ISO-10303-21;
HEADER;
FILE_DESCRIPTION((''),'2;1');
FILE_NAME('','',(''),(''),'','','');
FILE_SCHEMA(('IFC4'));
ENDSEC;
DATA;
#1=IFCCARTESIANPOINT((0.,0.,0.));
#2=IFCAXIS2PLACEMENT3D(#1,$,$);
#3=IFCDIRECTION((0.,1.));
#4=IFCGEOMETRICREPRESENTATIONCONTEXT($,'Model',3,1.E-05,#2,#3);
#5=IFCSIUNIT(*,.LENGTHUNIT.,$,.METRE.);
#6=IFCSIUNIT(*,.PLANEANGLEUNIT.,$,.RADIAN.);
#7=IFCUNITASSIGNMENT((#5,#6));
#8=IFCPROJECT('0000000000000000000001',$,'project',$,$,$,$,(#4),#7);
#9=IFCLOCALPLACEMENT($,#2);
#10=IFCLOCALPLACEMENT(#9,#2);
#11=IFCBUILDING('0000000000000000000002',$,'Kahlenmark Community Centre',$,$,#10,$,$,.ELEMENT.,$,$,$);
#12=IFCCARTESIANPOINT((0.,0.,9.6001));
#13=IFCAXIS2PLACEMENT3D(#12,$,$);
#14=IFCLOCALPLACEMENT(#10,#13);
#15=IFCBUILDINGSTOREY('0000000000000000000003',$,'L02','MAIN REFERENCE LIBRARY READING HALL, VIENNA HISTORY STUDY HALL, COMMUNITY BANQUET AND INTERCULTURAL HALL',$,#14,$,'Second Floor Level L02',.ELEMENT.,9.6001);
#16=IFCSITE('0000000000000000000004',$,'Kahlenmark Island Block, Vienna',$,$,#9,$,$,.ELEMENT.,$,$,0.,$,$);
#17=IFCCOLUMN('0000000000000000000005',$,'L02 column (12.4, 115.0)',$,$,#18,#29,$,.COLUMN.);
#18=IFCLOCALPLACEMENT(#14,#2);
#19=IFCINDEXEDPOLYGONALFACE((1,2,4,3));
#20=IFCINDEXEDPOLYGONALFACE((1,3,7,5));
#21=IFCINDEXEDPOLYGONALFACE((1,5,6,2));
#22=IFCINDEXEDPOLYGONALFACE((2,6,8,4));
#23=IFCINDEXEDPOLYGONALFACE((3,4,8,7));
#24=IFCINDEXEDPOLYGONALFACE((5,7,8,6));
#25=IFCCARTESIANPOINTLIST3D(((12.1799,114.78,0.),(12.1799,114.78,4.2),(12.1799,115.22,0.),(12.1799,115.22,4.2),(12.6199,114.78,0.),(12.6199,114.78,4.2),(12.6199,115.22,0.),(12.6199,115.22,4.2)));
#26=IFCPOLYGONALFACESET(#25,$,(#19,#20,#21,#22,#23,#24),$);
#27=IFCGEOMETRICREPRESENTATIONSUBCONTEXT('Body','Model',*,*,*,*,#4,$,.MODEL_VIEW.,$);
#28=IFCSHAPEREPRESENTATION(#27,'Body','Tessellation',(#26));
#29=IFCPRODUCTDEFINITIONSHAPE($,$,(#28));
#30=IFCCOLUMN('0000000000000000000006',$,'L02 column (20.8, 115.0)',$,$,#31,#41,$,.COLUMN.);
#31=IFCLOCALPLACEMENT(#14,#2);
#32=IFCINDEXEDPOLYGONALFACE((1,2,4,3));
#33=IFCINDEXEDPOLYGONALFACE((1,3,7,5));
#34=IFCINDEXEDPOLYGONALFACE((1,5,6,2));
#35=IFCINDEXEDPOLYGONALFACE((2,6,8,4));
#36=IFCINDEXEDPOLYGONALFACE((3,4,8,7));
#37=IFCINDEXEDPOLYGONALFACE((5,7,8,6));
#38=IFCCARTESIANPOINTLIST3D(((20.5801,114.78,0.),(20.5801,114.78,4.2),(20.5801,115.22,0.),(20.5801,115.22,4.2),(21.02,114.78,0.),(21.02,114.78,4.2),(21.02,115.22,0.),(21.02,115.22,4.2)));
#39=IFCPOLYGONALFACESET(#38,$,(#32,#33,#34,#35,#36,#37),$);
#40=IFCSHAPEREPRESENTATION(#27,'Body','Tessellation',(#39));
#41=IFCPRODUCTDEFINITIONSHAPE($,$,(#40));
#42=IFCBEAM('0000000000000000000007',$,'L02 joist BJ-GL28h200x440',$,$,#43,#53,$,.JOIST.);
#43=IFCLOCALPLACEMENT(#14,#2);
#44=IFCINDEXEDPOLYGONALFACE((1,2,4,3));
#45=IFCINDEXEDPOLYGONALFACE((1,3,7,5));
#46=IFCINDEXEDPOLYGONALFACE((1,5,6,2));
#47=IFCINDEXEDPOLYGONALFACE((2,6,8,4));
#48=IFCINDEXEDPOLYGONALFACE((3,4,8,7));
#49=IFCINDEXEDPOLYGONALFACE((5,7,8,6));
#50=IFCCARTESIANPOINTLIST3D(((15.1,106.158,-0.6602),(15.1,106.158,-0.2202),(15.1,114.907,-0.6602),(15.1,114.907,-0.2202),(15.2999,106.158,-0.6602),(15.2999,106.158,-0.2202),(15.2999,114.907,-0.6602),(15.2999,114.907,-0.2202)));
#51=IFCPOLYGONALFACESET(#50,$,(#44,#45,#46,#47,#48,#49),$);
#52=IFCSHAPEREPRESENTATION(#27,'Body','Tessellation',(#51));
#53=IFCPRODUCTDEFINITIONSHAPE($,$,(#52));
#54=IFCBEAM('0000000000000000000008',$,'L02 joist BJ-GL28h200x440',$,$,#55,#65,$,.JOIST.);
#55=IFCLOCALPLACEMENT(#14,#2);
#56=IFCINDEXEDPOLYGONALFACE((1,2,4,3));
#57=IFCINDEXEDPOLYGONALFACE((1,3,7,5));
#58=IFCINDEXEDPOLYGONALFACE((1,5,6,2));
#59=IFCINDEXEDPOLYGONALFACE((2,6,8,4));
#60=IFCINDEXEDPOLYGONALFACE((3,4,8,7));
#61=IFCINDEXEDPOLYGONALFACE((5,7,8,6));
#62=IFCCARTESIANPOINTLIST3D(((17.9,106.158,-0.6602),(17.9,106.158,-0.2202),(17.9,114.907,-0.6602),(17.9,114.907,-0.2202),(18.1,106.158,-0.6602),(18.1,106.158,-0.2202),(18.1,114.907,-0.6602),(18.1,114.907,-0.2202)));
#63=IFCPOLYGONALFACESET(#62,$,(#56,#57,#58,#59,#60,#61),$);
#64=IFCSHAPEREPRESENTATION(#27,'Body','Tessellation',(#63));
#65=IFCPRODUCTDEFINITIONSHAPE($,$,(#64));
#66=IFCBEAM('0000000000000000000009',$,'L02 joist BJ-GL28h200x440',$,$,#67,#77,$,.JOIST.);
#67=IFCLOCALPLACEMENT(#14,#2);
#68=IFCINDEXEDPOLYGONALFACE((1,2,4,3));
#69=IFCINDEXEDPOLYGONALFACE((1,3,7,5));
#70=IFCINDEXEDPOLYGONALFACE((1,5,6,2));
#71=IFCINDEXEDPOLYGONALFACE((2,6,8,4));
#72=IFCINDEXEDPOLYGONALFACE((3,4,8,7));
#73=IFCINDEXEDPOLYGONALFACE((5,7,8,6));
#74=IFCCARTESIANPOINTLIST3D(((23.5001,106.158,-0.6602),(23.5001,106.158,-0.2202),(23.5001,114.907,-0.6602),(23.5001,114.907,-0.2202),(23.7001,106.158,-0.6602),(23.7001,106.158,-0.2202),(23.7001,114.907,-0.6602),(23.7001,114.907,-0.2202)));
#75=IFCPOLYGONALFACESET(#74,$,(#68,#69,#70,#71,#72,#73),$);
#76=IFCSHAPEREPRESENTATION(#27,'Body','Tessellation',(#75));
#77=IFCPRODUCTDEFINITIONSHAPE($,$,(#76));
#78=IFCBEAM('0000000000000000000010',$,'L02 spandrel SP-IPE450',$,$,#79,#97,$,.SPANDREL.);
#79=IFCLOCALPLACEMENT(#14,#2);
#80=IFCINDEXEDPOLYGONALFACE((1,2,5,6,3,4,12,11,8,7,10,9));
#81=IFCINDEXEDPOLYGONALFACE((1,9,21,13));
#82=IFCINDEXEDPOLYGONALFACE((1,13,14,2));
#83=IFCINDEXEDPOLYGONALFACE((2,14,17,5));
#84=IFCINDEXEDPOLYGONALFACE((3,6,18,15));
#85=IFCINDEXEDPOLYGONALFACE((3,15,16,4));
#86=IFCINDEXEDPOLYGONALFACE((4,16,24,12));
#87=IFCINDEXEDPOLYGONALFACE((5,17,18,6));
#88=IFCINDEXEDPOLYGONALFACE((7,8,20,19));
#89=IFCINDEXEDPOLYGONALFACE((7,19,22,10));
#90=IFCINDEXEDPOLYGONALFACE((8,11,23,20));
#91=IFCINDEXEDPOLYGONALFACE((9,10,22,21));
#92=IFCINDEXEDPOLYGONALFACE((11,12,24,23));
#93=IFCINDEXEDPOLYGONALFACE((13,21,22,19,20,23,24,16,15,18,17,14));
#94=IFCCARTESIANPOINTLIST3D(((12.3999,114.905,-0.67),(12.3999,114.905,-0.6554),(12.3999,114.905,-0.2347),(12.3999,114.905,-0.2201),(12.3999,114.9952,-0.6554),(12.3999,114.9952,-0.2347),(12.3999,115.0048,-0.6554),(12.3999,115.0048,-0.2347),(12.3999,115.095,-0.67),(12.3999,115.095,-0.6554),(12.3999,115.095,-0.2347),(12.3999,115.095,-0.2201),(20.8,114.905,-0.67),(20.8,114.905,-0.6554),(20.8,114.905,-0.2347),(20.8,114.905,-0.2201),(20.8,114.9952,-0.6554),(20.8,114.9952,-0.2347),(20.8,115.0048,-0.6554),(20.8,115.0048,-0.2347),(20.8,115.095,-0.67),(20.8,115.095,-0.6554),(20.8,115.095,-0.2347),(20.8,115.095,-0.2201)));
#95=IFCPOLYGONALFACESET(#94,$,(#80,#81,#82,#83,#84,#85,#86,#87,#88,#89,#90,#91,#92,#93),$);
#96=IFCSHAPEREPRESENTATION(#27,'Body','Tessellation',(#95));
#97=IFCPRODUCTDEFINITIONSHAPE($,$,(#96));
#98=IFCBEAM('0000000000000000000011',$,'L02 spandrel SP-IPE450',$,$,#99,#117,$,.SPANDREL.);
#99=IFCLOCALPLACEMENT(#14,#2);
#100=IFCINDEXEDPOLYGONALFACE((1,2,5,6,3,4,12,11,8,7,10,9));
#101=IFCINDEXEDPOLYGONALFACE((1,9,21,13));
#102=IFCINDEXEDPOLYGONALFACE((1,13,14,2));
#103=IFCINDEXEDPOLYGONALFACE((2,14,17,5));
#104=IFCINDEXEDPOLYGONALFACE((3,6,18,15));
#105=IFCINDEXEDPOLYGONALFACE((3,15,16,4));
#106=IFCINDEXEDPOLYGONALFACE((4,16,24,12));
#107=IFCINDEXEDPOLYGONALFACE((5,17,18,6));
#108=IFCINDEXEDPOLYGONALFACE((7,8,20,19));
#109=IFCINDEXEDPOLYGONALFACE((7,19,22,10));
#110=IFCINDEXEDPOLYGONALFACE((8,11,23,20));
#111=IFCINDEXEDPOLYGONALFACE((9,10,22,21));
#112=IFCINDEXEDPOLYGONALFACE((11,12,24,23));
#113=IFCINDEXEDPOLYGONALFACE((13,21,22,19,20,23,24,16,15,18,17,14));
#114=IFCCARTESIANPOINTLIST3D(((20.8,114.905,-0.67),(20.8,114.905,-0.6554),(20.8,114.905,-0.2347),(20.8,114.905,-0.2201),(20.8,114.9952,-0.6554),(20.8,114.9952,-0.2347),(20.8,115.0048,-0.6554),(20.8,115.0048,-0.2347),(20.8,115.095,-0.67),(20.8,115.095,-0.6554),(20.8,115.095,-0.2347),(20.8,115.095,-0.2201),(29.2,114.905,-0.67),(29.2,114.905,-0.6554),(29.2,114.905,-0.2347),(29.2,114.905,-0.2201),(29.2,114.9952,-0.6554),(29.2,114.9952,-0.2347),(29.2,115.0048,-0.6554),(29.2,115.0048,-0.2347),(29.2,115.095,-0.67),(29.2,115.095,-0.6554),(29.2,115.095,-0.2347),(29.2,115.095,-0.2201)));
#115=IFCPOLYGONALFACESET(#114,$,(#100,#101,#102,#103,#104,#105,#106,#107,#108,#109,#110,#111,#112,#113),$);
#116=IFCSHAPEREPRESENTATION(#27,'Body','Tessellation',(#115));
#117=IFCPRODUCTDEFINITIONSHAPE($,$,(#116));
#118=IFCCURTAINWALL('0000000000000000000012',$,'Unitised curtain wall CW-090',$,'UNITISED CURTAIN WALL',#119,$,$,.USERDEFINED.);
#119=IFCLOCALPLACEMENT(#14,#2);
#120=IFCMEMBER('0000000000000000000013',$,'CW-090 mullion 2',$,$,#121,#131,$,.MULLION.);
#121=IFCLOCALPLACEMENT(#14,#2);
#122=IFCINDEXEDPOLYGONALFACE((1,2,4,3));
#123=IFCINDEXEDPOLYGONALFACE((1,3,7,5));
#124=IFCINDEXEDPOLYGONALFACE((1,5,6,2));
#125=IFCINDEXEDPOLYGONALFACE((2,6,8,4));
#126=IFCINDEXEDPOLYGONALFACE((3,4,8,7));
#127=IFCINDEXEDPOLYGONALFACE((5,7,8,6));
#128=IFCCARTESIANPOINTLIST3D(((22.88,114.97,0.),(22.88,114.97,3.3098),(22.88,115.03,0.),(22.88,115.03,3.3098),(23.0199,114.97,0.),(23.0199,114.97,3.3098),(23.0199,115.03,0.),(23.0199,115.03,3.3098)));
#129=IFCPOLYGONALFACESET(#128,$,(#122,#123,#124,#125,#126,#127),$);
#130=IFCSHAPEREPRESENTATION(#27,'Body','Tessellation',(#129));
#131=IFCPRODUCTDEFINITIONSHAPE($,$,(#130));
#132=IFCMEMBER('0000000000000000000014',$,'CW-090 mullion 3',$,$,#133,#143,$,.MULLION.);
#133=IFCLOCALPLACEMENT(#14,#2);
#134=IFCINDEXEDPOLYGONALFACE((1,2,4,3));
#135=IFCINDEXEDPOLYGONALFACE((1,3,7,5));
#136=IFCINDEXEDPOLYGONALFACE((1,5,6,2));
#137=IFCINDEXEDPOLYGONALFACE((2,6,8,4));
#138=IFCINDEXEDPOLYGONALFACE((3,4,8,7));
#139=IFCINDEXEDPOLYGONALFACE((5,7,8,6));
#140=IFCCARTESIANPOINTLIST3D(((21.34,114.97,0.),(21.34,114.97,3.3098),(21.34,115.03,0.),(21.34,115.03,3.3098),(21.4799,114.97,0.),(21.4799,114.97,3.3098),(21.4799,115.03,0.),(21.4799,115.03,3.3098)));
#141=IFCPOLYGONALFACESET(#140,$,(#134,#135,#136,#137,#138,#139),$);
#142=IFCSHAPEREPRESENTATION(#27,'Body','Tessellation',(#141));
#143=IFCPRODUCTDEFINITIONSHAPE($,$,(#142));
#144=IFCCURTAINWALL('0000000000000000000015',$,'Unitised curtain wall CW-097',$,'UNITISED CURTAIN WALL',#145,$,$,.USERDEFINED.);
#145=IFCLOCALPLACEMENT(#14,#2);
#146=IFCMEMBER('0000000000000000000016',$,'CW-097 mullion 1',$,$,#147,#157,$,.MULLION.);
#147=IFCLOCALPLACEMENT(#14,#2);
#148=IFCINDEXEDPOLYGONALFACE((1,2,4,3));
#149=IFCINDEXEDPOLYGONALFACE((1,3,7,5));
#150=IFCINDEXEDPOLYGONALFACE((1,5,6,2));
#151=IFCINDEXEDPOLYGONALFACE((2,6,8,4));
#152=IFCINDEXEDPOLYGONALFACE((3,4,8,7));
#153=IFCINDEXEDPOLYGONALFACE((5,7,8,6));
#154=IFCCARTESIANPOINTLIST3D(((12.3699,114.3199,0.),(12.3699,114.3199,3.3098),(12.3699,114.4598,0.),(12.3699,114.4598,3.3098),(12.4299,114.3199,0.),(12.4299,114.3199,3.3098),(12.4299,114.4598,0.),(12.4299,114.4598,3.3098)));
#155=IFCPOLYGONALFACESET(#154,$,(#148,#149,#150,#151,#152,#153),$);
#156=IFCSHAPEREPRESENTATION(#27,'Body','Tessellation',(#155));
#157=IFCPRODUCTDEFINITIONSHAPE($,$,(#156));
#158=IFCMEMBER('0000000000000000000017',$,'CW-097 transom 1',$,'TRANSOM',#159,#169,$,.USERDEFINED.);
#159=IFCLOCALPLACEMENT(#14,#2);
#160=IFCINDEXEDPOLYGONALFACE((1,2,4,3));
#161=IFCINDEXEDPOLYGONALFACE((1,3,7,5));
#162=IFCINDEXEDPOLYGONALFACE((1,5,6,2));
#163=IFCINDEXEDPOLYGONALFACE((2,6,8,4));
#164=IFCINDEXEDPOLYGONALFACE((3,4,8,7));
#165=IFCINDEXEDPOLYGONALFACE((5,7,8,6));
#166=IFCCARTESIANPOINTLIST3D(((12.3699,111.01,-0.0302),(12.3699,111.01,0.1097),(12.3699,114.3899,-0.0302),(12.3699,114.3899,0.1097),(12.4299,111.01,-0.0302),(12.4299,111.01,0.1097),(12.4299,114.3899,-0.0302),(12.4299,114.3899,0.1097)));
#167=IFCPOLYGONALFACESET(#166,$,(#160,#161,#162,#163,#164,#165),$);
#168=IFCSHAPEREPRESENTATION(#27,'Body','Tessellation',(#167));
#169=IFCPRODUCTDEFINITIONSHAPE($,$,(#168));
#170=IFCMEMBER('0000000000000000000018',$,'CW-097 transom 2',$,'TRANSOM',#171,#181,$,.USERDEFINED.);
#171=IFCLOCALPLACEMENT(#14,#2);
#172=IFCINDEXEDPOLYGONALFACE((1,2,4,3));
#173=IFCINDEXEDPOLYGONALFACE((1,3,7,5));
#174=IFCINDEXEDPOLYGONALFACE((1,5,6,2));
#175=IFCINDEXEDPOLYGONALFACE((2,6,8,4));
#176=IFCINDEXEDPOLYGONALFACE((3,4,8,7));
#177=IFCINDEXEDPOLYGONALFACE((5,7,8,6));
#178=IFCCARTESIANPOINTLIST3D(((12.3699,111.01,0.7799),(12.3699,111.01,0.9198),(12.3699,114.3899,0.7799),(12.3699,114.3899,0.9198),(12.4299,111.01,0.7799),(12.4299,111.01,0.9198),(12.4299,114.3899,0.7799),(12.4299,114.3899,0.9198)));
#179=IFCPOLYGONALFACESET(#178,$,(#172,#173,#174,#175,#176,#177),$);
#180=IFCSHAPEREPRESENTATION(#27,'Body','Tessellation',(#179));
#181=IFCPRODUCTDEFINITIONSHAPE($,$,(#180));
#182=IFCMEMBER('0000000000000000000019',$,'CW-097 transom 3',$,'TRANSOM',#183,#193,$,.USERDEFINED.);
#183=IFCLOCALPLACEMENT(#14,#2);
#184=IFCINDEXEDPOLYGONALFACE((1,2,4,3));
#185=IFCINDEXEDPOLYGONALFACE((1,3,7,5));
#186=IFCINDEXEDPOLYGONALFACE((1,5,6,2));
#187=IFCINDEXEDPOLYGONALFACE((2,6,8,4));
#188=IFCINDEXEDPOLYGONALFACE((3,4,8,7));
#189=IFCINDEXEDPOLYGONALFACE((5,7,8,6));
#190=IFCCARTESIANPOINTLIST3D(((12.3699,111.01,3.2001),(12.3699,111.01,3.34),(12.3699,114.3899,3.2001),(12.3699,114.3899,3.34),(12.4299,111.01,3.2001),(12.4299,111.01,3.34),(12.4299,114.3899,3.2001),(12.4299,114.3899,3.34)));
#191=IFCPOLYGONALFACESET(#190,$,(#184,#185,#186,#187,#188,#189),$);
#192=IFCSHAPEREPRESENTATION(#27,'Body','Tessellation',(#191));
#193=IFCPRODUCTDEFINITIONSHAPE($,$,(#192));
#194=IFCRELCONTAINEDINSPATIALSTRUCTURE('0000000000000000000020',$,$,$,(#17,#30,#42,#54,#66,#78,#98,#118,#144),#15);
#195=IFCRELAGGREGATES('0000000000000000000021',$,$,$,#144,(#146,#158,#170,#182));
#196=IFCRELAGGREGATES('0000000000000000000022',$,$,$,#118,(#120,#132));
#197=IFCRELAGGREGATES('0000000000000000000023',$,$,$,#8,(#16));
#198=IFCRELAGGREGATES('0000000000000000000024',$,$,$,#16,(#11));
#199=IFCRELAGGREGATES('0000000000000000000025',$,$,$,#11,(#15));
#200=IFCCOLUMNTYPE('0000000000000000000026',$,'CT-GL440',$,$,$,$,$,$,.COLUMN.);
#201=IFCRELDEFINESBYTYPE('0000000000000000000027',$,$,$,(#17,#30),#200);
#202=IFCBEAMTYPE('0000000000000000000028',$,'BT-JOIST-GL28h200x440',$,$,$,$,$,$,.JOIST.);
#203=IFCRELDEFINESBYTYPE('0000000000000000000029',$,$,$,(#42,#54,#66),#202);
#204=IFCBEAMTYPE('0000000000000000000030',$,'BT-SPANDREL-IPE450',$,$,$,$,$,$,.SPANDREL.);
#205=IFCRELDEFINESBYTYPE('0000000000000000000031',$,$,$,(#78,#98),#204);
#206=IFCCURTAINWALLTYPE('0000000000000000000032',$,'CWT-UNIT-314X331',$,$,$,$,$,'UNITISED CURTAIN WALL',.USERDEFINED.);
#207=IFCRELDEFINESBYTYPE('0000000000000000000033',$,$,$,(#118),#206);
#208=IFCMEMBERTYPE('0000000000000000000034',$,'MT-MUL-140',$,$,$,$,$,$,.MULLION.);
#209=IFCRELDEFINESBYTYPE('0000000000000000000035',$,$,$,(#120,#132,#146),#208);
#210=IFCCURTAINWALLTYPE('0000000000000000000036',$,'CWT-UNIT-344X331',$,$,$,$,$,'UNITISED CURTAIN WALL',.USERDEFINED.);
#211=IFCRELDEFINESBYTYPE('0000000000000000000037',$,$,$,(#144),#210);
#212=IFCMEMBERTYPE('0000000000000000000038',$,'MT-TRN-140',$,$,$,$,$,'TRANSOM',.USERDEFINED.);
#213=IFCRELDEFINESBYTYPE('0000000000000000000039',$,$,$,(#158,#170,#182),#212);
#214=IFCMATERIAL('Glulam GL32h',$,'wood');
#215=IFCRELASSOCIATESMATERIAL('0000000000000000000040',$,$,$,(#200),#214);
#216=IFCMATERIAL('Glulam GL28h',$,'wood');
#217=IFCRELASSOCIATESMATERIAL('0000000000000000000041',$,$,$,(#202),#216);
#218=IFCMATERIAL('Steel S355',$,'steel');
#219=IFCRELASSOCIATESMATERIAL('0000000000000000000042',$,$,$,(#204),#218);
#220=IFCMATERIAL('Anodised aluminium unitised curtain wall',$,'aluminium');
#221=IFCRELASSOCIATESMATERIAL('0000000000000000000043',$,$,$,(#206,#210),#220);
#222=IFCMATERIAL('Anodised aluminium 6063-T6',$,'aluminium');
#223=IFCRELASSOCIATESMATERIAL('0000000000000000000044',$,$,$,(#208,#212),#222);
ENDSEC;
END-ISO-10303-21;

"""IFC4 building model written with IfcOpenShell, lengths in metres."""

from ifc_helpers import new_model, si_unit, direction, frame, origin, origin_2d, place, context, subcontext, project, spatial, rectangle, i_section, extrude, material, material_profile, profile_set, type_object, element, aggregate, save


model = new_model("IFC4")

# Units and contexts
model_context = context("Model", 3, precision=1e-05, world=origin(), true_north=direction((0.0, 1.0)))
body_context = subcontext(model_context, "Body", "Model", "MODEL_VIEW")
ifc_project = project(units=[si_unit("LENGTHUNIT", "METRE"), si_unit("PLANEANGLEUNIT", "RADIAN")], contexts=[model_context])

# Site, building, storey
site_placement = place(None, origin())
site = spatial("IfcSite", under=ifc_project, at=site_placement, Name="Kahlenmark Island Block, Vienna", CompositionType="ELEMENT", RefElevation=0.0)
building_placement = place(site_placement, origin())
building = spatial("IfcBuilding", under=site, at=building_placement, Name="Kahlenmark Community Centre", CompositionType="ELEMENT")
storey_placement = place(building_placement, frame((0.0, 0.0, 9.6001)))
storey = spatial("IfcBuildingStorey", under=building, at=storey_placement, Name="L02", Description="MAIN REFERENCE LIBRARY READING HALL, VIENNA HISTORY STUDY HALL, COMMUNITY BANQUET AND INTERCULTURAL HALL", LongName="Second Floor Level L02", CompositionType="ELEMENT", Elevation=9.6001)

# Columns
ifc_material_1 = material(Name="Glulam GL32h", Category="wood")
ifc_material_profile_1 = material_profile(ifc_material_1, rectangle(XDim=0.4399, YDim=0.4399, at=origin_2d()), Name="GL32h 440x440")
ifc_profile_set_1 = profile_set([ifc_material_profile_1], Name="Glulam GL32h")
column_type = type_object("IfcColumnType", Name="CT-GL440", PredefinedType="COLUMN", material=ifc_profile_set_1)
for number, where, z_axis, x_axis, name in (
    (1, (12.3999, 115.0, 0.0), (0.0, 0.0, 1.0), (1.0, 0.0, 0.0), "L02 column (12.4, 115.0)"),
    (2, (20.8, 115.0, 0.0), (0.0, 0.0, 1.0), (1.0, 0.0, 0.0), "L02 column (20.8, 115.0)"),
):
    element("IfcColumn", number, at=place(storey_placement, frame(where, z_axis=z_axis, x_axis=x_axis)), inside=storey, type_object=column_type, Name=name, PredefinedType="COLUMN", context=body_context, shape_type="SweptSolid", body=[
        extrude(rectangle(XDim=0.4399, YDim=0.4399, at=origin_2d()), origin(), (0.0, 0.0, 1.0), 4.2),
    ])

# Beams
ifc_material_2 = material(Name="Glulam GL28h", Category="wood")
ifc_material_profile_2 = material_profile(ifc_material_2, rectangle(XDim=0.2, YDim=0.4399, at=origin_2d()), Name="GL28h 200x440")
ifc_profile_set_2 = profile_set([ifc_material_profile_2], Name="Glulam GL28h")
beam_type_1 = type_object("IfcBeamType", Name="BT-JOIST-GL28h200x440", PredefinedType="JOIST", material=ifc_profile_set_2)
for number, where, z_axis, x_axis, name in (
    (3, (15.2, 106.158, -0.4402), (0.0, 1.0, 0.0), (-1.0, 0.0, 0.0), "L02 joist BJ-GL28h200x440"),
    (4, (18.0, 106.158, -0.4402), (0.0, 1.0, 0.0), (-1.0, 0.0, 0.0), "L02 joist BJ-GL28h200x440"),
    (5, (23.6001, 106.158, -0.4402), (0.0, 1.0, 0.0), (-1.0, 0.0, 0.0), "L02 joist BJ-GL28h200x440"),
):
    element("IfcBeam", number, at=place(storey_placement, frame(where, z_axis=z_axis, x_axis=x_axis)), inside=storey, type_object=beam_type_1, Name=name, PredefinedType="JOIST", context=body_context, shape_type="SweptSolid", body=[
        extrude(rectangle(XDim=0.2, YDim=0.4399, at=origin_2d()), origin(), (0.0, 0.0, 1.0), 8.749),
    ])
ifc_material_3 = material(Name="Steel S355", Category="steel")
ifc_material_profile_3 = material_profile(ifc_material_3, i_section(OverallWidth=0.1899, OverallDepth=0.45, WebThickness=0.0095, FlangeThickness=0.0146, at=origin_2d()), Name="IPE 450")
ifc_profile_set_3 = profile_set([ifc_material_profile_3], Name="Steel S355")
beam_type_2 = type_object("IfcBeamType", Name="BT-SPANDREL-IPE450", PredefinedType="SPANDREL", material=ifc_profile_set_3)
beam_1_placement = place(storey_placement, frame((12.3999, 115.0, -0.4451), z_axis=(1.0, 0.0, 0.0), x_axis=(0.0, 1.0, 0.0)))
element("IfcBeam", 6, at=beam_1_placement, inside=storey, type_object=beam_type_2, Name="L02 spandrel SP-IPE450", PredefinedType="SPANDREL", context=body_context, shape_type="SweptSolid", body=[
    extrude(i_section(OverallWidth=0.1899, OverallDepth=0.45, WebThickness=0.0095, FlangeThickness=0.0146, at=origin_2d()), origin(), (0.0, 0.0, 1.0), 8.4001),
])
beam_2_placement = place(storey_placement, frame((20.8, 115.0, -0.4451), z_axis=(1.0, 0.0, 0.0), x_axis=(0.0, 1.0, 0.0)))
element("IfcBeam", 7, at=beam_2_placement, inside=storey, type_object=beam_type_2, Name="L02 spandrel SP-IPE450", PredefinedType="SPANDREL", context=body_context, shape_type="SweptSolid", body=[
    extrude(i_section(OverallWidth=0.1899, OverallDepth=0.45, WebThickness=0.0095, FlangeThickness=0.0146, at=origin_2d()), origin(), (0.0, 0.0, 1.0), 8.3999),
])

# Curtain walls, members
ifc_material_4 = material(Name="Anodised aluminium unitised curtain wall", Category="aluminium")
curtain_wall_type_1 = type_object("IfcCurtainWallType", Name="CWT-UNIT-314X331", ElementType="UNITISED CURTAIN WALL", PredefinedType="USERDEFINED", material=ifc_material_4)
curtain_wall_1_placement = place(storey_placement, origin())
curtain_wall_1 = element("IfcCurtainWall", 8, at=curtain_wall_1_placement, inside=storey, type_object=curtain_wall_type_1, Name="Unitised curtain wall CW-090", ObjectType="UNITISED CURTAIN WALL", PredefinedType="USERDEFINED")
ifc_material_5 = material(Name="Anodised aluminium 6063-T6", Category="aluminium")
ifc_material_profile_4 = material_profile(ifc_material_5, rectangle(XDim=0.0601, YDim=0.1399, at=origin_2d()), Name="ALU MULLION 60x140")
ifc_profile_set_4 = profile_set([ifc_material_profile_4], Name="Anodised aluminium 6063-T6")
member_type_1 = type_object("IfcMemberType", Name="MT-MUL-140", PredefinedType="MULLION", material=ifc_profile_set_4)
member_1_placement = place(storey_placement, frame((22.95, 115.0, 0.0), z_axis=(0.0, 0.0, 1.0), x_axis=(0.0, -1.0, 0.0)))
member_1 = element("IfcMember", 9, at=member_1_placement, type_object=member_type_1, Name="CW-090 mullion 2", PredefinedType="MULLION", context=body_context, shape_type="SweptSolid", body=[
    extrude(rectangle(XDim=0.0601, YDim=0.1399, at=origin_2d()), origin(), (0.0, 0.0, 1.0), 3.3098),
])
member_2_placement = place(storey_placement, frame((21.4099, 115.0, 0.0), z_axis=(0.0, 0.0, 1.0), x_axis=(0.0, -1.0, 0.0)))
member_2 = element("IfcMember", 10, at=member_2_placement, type_object=member_type_1, Name="CW-090 mullion 3", PredefinedType="MULLION", context=body_context, shape_type="SweptSolid", body=[
    extrude(rectangle(XDim=0.0601, YDim=0.1399, at=origin_2d()), origin(), (0.0, 0.0, 1.0), 3.3098),
])
curtain_wall_type_2 = type_object("IfcCurtainWallType", Name="CWT-UNIT-344X331", ElementType="UNITISED CURTAIN WALL", PredefinedType="USERDEFINED", material=ifc_material_4)
curtain_wall_2_placement = place(storey_placement, origin())
curtain_wall_2 = element("IfcCurtainWall", 11, at=curtain_wall_2_placement, inside=storey, type_object=curtain_wall_type_2, Name="Unitised curtain wall CW-097", ObjectType="UNITISED CURTAIN WALL", PredefinedType="USERDEFINED")
member_3_placement = place(storey_placement, frame((12.3999, 114.3899, 0.0), z_axis=(0.0, 0.0, 1.0), x_axis=(1.0, 0.0, 0.0)))
member_3 = element("IfcMember", 12, at=member_3_placement, type_object=member_type_1, Name="CW-097 mullion 1", PredefinedType="MULLION", context=body_context, shape_type="SweptSolid", body=[
    extrude(rectangle(XDim=0.0601, YDim=0.1399, at=origin_2d()), origin(), (0.0, 0.0, 1.0), 3.3098),
])
ifc_material_profile_5 = material_profile(ifc_material_5, rectangle(XDim=0.0601, YDim=0.1399, at=origin_2d()), Name="ALU TRANSOM 60x140")
ifc_profile_set_5 = profile_set([ifc_material_profile_5], Name="Anodised aluminium 6063-T6")
member_type_2 = type_object("IfcMemberType", Name="MT-TRN-140", ElementType="TRANSOM", PredefinedType="USERDEFINED", material=ifc_profile_set_5)
member_4_placement = place(storey_placement, frame((12.3999, 114.3899, 0.0398), z_axis=(0.0, -1.0, 0.0), x_axis=(1.0, 0.0, 0.0)))
member_4 = element("IfcMember", 13, at=member_4_placement, type_object=member_type_2, Name="CW-097 transom 1", ObjectType="TRANSOM", PredefinedType="USERDEFINED", context=body_context, shape_type="SweptSolid", body=[
    extrude(rectangle(XDim=0.0601, YDim=0.1399, at=origin_2d()), origin(), (0.0, 0.0, 1.0), 3.3799),
])
member_5_placement = place(storey_placement, frame((12.3999, 114.3899, 0.8499), z_axis=(0.0, -1.0, 0.0), x_axis=(1.0, 0.0, 0.0)))
member_5 = element("IfcMember", 14, at=member_5_placement, type_object=member_type_2, Name="CW-097 transom 2", ObjectType="TRANSOM", PredefinedType="USERDEFINED", context=body_context, shape_type="SweptSolid", body=[
    extrude(rectangle(XDim=0.0601, YDim=0.1399, at=origin_2d()), origin(), (0.0, 0.0, 1.0), 3.3799),
])
member_6_placement = place(storey_placement, frame((12.3999, 114.3899, 3.27), z_axis=(0.0, -1.0, 0.0), x_axis=(1.0, 0.0, 0.0)))
member_6 = element("IfcMember", 15, at=member_6_placement, type_object=member_type_2, Name="CW-097 transom 3", ObjectType="TRANSOM", PredefinedType="USERDEFINED", context=body_context, shape_type="SweptSolid", body=[
    extrude(rectangle(XDim=0.0601, YDim=0.1399, at=origin_2d()), origin(), (0.0, 0.0, 1.0), 3.3799),
])
aggregate(curtain_wall_2, [member_3, member_4, member_5, member_6])

aggregate(curtain_wall_1, [member_1, member_2])

save(model, "model.ifc")
